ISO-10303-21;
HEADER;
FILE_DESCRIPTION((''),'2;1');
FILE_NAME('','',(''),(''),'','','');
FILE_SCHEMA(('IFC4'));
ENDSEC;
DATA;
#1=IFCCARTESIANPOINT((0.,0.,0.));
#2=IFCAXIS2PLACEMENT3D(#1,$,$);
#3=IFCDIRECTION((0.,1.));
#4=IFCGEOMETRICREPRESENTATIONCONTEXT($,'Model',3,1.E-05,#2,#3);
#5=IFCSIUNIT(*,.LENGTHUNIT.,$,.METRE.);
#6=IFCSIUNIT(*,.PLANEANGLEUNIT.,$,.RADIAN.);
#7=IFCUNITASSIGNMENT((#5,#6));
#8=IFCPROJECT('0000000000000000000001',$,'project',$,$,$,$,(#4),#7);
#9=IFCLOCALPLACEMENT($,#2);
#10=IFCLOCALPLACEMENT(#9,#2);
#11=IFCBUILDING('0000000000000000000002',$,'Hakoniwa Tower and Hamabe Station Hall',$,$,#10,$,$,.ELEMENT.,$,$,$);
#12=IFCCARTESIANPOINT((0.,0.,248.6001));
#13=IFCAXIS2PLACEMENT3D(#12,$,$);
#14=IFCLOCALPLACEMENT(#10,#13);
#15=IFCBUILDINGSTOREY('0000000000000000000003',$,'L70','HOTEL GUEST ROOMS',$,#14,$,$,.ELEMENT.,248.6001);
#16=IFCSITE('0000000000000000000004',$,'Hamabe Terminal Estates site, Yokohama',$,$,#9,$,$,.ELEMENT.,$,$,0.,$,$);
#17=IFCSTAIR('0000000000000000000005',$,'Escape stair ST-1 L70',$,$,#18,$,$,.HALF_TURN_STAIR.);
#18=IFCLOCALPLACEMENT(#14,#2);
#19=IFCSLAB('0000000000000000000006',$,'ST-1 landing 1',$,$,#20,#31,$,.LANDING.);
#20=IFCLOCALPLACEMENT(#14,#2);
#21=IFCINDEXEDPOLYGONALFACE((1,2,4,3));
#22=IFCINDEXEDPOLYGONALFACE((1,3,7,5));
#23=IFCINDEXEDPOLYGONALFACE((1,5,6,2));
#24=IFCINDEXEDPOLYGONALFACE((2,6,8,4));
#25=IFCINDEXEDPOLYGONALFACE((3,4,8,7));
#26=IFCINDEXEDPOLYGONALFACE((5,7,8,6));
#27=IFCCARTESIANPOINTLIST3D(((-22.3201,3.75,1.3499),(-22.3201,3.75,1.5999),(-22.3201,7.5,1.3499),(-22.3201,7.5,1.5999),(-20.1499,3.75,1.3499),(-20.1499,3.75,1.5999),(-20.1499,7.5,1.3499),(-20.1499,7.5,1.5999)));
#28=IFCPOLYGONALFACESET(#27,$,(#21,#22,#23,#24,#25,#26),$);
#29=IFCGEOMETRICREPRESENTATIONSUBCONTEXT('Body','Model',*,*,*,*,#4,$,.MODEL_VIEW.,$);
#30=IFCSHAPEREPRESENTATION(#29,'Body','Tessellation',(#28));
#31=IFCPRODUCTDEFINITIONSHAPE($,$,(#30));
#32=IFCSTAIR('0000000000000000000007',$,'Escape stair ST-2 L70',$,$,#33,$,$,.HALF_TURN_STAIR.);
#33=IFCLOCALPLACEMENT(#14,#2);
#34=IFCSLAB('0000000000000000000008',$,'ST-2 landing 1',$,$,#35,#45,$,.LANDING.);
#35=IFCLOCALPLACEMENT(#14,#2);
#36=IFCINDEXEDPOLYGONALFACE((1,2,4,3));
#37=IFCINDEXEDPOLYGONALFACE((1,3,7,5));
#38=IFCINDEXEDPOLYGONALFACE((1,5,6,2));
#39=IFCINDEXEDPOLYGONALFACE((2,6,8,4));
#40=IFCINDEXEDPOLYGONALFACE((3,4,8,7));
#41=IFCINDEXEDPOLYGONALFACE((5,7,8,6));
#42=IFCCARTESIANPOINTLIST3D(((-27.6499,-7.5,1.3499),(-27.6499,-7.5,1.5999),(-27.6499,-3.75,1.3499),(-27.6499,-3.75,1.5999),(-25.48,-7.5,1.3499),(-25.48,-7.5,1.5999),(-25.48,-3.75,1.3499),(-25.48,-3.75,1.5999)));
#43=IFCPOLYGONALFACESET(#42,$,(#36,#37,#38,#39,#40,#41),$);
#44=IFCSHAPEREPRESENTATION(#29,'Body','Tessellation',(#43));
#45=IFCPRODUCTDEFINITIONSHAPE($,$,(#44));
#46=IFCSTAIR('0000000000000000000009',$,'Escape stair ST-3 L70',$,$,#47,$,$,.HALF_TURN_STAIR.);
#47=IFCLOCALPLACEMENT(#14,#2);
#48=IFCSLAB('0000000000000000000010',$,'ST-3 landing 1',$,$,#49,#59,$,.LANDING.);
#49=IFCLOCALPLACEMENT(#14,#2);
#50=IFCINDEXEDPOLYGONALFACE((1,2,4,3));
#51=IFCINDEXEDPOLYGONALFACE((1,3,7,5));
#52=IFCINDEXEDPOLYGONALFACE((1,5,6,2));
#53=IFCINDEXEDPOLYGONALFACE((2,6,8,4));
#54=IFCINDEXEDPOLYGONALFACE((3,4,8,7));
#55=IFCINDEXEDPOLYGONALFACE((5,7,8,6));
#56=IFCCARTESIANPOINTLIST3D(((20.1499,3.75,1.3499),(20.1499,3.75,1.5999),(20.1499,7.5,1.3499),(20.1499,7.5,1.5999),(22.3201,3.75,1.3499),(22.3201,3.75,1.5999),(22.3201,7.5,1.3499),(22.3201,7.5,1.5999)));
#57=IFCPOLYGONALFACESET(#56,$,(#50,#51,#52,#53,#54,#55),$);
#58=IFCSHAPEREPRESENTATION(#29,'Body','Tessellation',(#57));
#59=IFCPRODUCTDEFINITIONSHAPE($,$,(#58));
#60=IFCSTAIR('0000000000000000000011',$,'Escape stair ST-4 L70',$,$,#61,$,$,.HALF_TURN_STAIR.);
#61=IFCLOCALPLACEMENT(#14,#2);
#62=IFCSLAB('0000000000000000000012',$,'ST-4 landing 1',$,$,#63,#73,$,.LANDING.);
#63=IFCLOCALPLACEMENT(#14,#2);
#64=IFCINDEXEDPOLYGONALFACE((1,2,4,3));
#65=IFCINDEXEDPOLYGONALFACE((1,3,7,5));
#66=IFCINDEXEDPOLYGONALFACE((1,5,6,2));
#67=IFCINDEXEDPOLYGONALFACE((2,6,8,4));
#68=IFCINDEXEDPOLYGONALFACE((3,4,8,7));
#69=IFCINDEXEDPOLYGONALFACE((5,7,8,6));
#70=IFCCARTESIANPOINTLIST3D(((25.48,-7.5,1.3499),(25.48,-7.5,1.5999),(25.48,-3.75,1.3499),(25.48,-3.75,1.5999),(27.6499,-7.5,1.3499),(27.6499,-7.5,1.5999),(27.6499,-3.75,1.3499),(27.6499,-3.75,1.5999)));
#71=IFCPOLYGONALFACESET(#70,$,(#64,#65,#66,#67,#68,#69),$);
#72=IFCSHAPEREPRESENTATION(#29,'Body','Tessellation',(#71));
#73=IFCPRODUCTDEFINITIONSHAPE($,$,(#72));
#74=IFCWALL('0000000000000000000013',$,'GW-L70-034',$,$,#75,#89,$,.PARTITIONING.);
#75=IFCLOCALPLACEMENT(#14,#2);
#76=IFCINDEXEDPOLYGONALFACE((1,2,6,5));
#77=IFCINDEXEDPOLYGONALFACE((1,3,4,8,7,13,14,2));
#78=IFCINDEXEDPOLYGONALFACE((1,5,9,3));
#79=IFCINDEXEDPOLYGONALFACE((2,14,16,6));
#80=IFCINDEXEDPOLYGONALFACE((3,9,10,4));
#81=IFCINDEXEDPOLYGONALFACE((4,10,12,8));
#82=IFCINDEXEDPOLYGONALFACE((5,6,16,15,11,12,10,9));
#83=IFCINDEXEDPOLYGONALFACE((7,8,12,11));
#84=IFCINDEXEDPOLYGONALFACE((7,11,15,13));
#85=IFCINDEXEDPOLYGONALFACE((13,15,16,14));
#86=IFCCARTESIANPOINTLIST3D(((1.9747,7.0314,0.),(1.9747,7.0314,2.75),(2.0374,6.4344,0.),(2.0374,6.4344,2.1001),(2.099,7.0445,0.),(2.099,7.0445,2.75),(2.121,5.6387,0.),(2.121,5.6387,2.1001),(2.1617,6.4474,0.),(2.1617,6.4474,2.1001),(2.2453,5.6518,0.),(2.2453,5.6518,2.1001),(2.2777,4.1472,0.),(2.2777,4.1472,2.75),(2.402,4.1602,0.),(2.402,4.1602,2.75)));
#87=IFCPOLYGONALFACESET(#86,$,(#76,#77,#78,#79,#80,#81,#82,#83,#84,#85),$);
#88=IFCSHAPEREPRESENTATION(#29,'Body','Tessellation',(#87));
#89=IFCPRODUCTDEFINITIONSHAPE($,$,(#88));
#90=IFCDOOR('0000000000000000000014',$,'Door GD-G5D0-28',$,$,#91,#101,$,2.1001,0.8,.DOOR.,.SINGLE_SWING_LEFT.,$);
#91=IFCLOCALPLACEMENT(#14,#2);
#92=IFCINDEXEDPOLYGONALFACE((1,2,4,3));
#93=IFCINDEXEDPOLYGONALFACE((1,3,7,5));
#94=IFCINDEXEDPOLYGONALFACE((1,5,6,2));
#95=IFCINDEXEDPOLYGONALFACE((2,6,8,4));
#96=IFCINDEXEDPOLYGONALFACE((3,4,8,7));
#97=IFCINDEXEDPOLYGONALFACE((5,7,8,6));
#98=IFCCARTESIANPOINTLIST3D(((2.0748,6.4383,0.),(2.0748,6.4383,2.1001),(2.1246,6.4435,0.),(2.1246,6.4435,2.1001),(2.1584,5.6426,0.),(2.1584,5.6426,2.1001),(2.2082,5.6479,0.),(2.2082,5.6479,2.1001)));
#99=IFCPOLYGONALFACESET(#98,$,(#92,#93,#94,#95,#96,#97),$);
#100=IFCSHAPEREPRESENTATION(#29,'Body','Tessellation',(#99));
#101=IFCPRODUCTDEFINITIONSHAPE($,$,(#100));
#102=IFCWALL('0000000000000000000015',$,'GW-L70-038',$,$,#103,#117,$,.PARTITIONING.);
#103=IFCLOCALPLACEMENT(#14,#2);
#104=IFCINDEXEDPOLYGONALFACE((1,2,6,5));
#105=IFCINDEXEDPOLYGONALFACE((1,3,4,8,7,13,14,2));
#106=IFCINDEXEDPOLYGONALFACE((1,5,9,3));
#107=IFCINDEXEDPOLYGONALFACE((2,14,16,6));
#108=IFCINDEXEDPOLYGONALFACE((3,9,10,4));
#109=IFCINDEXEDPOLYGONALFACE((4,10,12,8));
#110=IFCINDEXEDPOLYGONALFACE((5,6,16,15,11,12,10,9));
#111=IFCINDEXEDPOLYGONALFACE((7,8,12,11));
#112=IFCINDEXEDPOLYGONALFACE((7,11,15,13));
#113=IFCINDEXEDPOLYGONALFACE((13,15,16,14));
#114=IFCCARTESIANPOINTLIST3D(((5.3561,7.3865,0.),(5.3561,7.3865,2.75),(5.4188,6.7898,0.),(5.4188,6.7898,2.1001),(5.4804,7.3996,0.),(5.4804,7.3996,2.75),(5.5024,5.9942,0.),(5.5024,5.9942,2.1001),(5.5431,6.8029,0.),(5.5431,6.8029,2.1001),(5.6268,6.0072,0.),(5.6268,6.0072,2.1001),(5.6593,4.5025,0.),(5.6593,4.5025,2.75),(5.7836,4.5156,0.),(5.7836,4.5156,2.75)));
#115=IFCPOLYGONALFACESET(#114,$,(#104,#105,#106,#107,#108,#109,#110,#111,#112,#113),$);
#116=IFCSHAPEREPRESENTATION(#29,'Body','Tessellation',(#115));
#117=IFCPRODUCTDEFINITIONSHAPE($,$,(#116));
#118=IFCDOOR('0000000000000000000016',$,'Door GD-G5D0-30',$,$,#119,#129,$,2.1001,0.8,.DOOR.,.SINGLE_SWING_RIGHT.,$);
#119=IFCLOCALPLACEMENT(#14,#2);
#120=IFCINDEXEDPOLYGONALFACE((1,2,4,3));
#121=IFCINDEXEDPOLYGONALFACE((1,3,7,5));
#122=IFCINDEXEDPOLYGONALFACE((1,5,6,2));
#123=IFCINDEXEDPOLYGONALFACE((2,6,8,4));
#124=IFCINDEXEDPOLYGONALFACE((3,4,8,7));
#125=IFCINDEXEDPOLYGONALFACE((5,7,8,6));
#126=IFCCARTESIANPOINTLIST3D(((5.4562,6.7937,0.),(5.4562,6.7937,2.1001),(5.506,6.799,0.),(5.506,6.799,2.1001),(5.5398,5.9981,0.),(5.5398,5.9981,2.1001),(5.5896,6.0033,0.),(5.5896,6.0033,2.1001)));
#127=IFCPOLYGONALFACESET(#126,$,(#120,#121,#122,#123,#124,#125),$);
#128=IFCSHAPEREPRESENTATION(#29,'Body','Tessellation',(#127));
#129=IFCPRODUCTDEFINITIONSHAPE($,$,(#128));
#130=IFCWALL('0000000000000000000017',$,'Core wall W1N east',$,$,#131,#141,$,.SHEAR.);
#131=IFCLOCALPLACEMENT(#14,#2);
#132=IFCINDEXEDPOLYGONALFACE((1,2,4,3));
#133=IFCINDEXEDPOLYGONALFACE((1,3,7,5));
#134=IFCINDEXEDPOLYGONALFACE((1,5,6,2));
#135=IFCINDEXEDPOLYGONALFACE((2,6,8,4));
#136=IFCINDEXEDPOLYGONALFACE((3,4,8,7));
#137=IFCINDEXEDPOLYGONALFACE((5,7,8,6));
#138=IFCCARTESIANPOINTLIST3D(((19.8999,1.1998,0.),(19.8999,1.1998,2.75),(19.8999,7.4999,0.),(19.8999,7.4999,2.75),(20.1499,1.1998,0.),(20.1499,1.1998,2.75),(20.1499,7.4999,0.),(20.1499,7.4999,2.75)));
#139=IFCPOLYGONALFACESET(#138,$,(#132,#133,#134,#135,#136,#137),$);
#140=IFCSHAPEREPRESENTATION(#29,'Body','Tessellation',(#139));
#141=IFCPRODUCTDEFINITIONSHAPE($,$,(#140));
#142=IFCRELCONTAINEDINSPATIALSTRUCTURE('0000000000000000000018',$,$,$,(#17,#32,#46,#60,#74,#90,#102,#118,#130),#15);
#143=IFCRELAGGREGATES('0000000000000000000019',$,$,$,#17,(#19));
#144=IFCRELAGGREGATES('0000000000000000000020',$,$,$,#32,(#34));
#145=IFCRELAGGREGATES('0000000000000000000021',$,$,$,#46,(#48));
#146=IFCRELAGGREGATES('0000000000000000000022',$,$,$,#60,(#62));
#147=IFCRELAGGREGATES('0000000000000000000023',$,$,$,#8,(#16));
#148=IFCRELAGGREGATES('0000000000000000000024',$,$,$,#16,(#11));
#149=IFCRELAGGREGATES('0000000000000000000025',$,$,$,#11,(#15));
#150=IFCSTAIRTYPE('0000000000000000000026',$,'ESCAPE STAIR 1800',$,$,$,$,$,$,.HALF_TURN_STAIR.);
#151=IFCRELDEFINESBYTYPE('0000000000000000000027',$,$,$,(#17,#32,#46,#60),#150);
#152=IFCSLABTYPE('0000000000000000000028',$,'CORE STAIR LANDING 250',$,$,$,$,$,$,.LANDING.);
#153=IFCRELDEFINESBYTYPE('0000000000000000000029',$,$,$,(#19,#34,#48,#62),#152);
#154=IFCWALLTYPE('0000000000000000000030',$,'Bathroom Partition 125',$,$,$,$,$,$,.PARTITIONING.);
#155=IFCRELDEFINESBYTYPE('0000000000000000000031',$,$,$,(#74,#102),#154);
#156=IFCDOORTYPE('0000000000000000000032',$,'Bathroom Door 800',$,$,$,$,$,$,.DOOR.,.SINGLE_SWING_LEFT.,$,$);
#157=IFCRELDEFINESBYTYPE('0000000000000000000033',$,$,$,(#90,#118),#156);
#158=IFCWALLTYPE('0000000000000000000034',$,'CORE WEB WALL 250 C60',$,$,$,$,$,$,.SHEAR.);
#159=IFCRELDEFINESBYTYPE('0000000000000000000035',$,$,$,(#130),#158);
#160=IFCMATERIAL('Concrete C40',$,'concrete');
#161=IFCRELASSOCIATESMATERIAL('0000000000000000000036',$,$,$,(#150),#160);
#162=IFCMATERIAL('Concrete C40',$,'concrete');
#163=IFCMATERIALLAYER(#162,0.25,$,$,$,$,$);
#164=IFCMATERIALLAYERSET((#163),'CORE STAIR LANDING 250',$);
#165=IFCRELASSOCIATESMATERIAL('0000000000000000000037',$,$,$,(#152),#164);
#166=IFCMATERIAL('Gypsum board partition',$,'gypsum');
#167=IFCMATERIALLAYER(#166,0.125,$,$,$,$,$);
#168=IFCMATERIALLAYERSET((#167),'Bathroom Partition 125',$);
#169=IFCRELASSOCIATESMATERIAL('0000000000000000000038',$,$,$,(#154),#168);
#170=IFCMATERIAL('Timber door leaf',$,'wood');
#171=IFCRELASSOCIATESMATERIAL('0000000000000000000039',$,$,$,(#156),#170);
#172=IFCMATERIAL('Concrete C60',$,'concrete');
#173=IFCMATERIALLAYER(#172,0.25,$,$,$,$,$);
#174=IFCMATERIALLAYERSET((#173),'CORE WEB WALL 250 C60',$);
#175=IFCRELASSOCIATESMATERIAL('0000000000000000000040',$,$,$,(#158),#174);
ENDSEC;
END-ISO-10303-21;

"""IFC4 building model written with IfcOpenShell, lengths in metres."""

from ifc_helpers import new_model, si_unit, direction, frame, frame_2d, origin, place, context, subcontext, project, spatial, polyline, rectangle, outline, extrude, material, layer, layer_set, type_object, element, fill, aggregate, save


model = new_model("IFC4")

# Units and contexts
model_context = context("Model", 3, precision=1e-05, world=origin(), true_north=direction((0.0, 1.0)))
body_context = subcontext(model_context, "Body", "Model", "MODEL_VIEW")
ifc_project = project(units=[si_unit("LENGTHUNIT", "METRE"), si_unit("PLANEANGLEUNIT", "RADIAN")], contexts=[model_context])

# Site, building, storey
site_placement = place(None, origin())
site = spatial("IfcSite", under=ifc_project, at=site_placement, Name="Hamabe Terminal Estates site, Yokohama", CompositionType="ELEMENT", RefElevation=0.0)
building_placement = place(site_placement, origin())
building = spatial("IfcBuilding", under=site, at=building_placement, Name="Hakoniwa Tower and Hamabe Station Hall", CompositionType="ELEMENT")
storey_placement = place(building_placement, frame((0.0, 0.0, 248.6001)))
storey = spatial("IfcBuildingStorey", under=building, at=storey_placement, Name="L70", Description="HOTEL GUEST ROOMS", CompositionType="ELEMENT", Elevation=248.6001)

# Stairs, slabs
ifc_material_1 = material(Name="Concrete C40", Category="concrete")
stair_type = type_object("IfcStairType", Name="ESCAPE STAIR 1800", PredefinedType="HALF_TURN_STAIR", material=ifc_material_1)
stair_1_placement = place(storey_placement, origin())
stair_1 = element("IfcStair", 1, at=stair_1_placement, inside=storey, type_object=stair_type, Name="Escape stair ST-1 L70", PredefinedType="HALF_TURN_STAIR")
ifc_material_2 = material(Name="Concrete C40", Category="concrete")
ifc_layer_1 = layer(ifc_material_2, 0.25)
ifc_layer_set_1 = layer_set([ifc_layer_1], Name="CORE STAIR LANDING 250")
slab_type = type_object("IfcSlabType", Name="CORE STAIR LANDING 250", PredefinedType="LANDING", material=ifc_layer_set_1)
slab_1_placement = place(storey_placement, frame((0.0, 0.0, 1.3499)))
slab_1 = element("IfcSlab", 2, at=slab_1_placement, type_object=slab_type, Name="ST-1 landing 1", PredefinedType="LANDING", context=body_context, shape_type="SweptSolid", body=[
    extrude(outline(polyline([(-22.3201, 3.75), (-20.1499, 3.75), (-20.1499, 7.5), (-22.3201, 7.5), (-22.3201, 3.75)])), origin(), (0.0, 0.0, 1.0), 0.25),
])
aggregate(stair_1, [slab_1])
stair_2_placement = place(storey_placement, origin())
stair_2 = element("IfcStair", 3, at=stair_2_placement, inside=storey, type_object=stair_type, Name="Escape stair ST-2 L70", PredefinedType="HALF_TURN_STAIR")
slab_2_placement = place(storey_placement, frame((0.0, 0.0, 1.3499)))
slab_2 = element("IfcSlab", 4, at=slab_2_placement, type_object=slab_type, Name="ST-2 landing 1", PredefinedType="LANDING", context=body_context, shape_type="SweptSolid", body=[
    extrude(outline(polyline([(-25.48, -7.5), (-27.6499, -7.5), (-27.6499, -3.75), (-25.48, -3.75), (-25.48, -7.5)])), origin(), (0.0, 0.0, 1.0), 0.25),
])
aggregate(stair_2, [slab_2])
stair_3_placement = place(storey_placement, origin())
stair_3 = element("IfcStair", 5, at=stair_3_placement, inside=storey, type_object=stair_type, Name="Escape stair ST-3 L70", PredefinedType="HALF_TURN_STAIR")
slab_3_placement = place(storey_placement, frame((0.0, 0.0, 1.3499)))
slab_3 = element("IfcSlab", 6, at=slab_3_placement, type_object=slab_type, Name="ST-3 landing 1", PredefinedType="LANDING", context=body_context, shape_type="SweptSolid", body=[
    extrude(outline(polyline([(22.3201, 3.75), (20.1499, 3.75), (20.1499, 7.5), (22.3201, 7.5), (22.3201, 3.75)])), origin(), (0.0, 0.0, 1.0), 0.25),
])
aggregate(stair_3, [slab_3])
stair_4_placement = place(storey_placement, origin())
stair_4 = element("IfcStair", 7, at=stair_4_placement, inside=storey, type_object=stair_type, Name="Escape stair ST-4 L70", PredefinedType="HALF_TURN_STAIR")
slab_4_placement = place(storey_placement, frame((0.0, 0.0, 1.3499)))
slab_4 = element("IfcSlab", 8, at=slab_4_placement, type_object=slab_type, Name="ST-4 landing 1", PredefinedType="LANDING", context=body_context, shape_type="SweptSolid", body=[
    extrude(outline(polyline([(25.48, -7.5), (27.6499, -7.5), (27.6499, -3.75), (25.48, -3.75), (25.48, -7.5)])), origin(), (0.0, 0.0, 1.0), 0.25),
])
aggregate(stair_4, [slab_4])

# Walls, openings, doors
ifc_material_3 = material(Name="Gypsum board partition", Category="gypsum")
ifc_layer_2 = layer(ifc_material_3, 0.125)
ifc_layer_set_2 = layer_set([ifc_layer_2], Name="Bathroom Partition 125")
wall_type_1 = type_object("IfcWallType", Name="Bathroom Partition 125", PredefinedType="PARTITIONING", material=ifc_layer_set_2)
wall_1_placement = place(storey_placement, frame((2.3398, 4.1536, 0.0), z_axis=(0.0, 0.0, 1.0), x_axis=(-0.10447, 0.994528, 0.0)))
wall_1 = element("IfcWall", 9, at=wall_1_placement, inside=storey, type_object=wall_type_1, Name="GW-L70-034", PredefinedType="PARTITIONING", context=body_context, shape_type="SweptSolid", body=[
    extrude(rectangle(XDim=2.9001, YDim=0.125, at=frame_2d((1.4502, 0.0))), origin(), (0.0, 0.0, 1.0), 2.75),
])
opening_1_placement = place(wall_1_placement, frame((1.5, 0.0, 0.0)))
opening_1 = element("IfcOpeningElement", 10, at=opening_1_placement, cuts=wall_1, PredefinedType="OPENING", context=body_context, shape_type="SweptSolid", body=[
    extrude(rectangle(XDim=0.8, YDim=2.1001, at=frame_2d((0.3999, 1.05))), frame((0.0, 0.0725, 0.0), z_axis=(0.0, -1.0, 0.0), x_axis=(1.0, 0.0, 0.0)), (0.0, 0.0, 1.0), 0.145),
])
ifc_material_4 = material(Name="Timber door leaf", Category="wood")
door_type_1 = type_object("IfcDoorType", Name="Bathroom Door 800", OperationType="SINGLE_SWING_LEFT", PredefinedType="DOOR", material=ifc_material_4)
door_1_placement = place(opening_1_placement, origin())
door_1 = element("IfcDoor", 11, at=door_1_placement, inside=storey, type_object=door_type_1, Name="Door GD-G5D0-28", OperationType="SINGLE_SWING_LEFT", OverallHeight=2.1001, OverallWidth=0.8, PredefinedType="DOOR", context=body_context, shape_type="SweptSolid", body=[
    extrude(rectangle(XDim=0.8, YDim=2.1001, at=frame_2d((0.3999, 1.05))), frame((0.0, 0.0249, 0.0), z_axis=(0.0, -1.0, 0.0), x_axis=(1.0, 0.0, 0.0)), (0.0, 0.0, 1.0), 0.05),
])
fill(opening_1, door_1)
wall_2_placement = place(storey_placement, frame((5.7214, 4.509, 0.0), z_axis=(0.0, 0.0, 1.0), x_axis=(-0.104562, 0.994518, 0.0)))
wall_2 = element("IfcWall", 12, at=wall_2_placement, inside=storey, type_object=wall_type_1, Name="GW-L70-038", PredefinedType="PARTITIONING", context=body_context, shape_type="SweptSolid", body=[
    extrude(rectangle(XDim=2.8999, YDim=0.125, at=frame_2d((1.45, 0.0))), origin(), (0.0, 0.0, 1.0), 2.75),
])
opening_2_placement = place(wall_2_placement, frame((1.5, 0.0, 0.0)))
opening_2 = element("IfcOpeningElement", 13, at=opening_2_placement, cuts=wall_2, PredefinedType="OPENING", context=body_context, shape_type="SweptSolid", body=[
    extrude(rectangle(XDim=0.8, YDim=2.1001, at=frame_2d((0.3999, 1.05))), frame((0.0, 0.0725, 0.0), z_axis=(0.0, -1.0, 0.0), x_axis=(1.0, 0.0, 0.0)), (0.0, 0.0, 1.0), 0.145),
])
door_2_placement = place(opening_2_placement, origin())
door_2 = element("IfcDoor", 14, at=door_2_placement, inside=storey, type_object=door_type_1, Name="Door GD-G5D0-30", OperationType="SINGLE_SWING_RIGHT", OverallHeight=2.1001, OverallWidth=0.8, PredefinedType="DOOR", context=body_context, shape_type="SweptSolid", body=[
    extrude(rectangle(XDim=0.8, YDim=2.1001, at=frame_2d((0.3999, 1.05))), frame((0.0, 0.0249, 0.0), z_axis=(0.0, -1.0, 0.0), x_axis=(1.0, 0.0, 0.0)), (0.0, 0.0, 1.0), 0.05),
])
fill(opening_2, door_2)

# Wall
ifc_material_5 = material(Name="Concrete C60", Category="concrete")
ifc_layer_3 = layer(ifc_material_5, 0.25)
ifc_layer_set_3 = layer_set([ifc_layer_3], Name="CORE WEB WALL 250 C60")
wall_type_2 = type_object("IfcWallType", Name="CORE WEB WALL 250 C60", PredefinedType="SHEAR", material=ifc_layer_set_3)
wall_3_placement = place(storey_placement, frame((20.0249, 1.2, 0.0), z_axis=(0.0, 0.0, 1.0), x_axis=(0.0, 1.0, 0.0)))
element("IfcWall", 15, at=wall_3_placement, inside=storey, type_object=wall_type_2, Name="Core wall W1N east", PredefinedType="SHEAR", context=body_context, shape_type="SweptSolid", body=[
    extrude(rectangle(XDim=6.3, YDim=0.25, at=frame_2d((3.1499, 0.0))), origin(), (0.0, 0.0, 1.0), 2.75),
])

save(model, "model.ifc")
